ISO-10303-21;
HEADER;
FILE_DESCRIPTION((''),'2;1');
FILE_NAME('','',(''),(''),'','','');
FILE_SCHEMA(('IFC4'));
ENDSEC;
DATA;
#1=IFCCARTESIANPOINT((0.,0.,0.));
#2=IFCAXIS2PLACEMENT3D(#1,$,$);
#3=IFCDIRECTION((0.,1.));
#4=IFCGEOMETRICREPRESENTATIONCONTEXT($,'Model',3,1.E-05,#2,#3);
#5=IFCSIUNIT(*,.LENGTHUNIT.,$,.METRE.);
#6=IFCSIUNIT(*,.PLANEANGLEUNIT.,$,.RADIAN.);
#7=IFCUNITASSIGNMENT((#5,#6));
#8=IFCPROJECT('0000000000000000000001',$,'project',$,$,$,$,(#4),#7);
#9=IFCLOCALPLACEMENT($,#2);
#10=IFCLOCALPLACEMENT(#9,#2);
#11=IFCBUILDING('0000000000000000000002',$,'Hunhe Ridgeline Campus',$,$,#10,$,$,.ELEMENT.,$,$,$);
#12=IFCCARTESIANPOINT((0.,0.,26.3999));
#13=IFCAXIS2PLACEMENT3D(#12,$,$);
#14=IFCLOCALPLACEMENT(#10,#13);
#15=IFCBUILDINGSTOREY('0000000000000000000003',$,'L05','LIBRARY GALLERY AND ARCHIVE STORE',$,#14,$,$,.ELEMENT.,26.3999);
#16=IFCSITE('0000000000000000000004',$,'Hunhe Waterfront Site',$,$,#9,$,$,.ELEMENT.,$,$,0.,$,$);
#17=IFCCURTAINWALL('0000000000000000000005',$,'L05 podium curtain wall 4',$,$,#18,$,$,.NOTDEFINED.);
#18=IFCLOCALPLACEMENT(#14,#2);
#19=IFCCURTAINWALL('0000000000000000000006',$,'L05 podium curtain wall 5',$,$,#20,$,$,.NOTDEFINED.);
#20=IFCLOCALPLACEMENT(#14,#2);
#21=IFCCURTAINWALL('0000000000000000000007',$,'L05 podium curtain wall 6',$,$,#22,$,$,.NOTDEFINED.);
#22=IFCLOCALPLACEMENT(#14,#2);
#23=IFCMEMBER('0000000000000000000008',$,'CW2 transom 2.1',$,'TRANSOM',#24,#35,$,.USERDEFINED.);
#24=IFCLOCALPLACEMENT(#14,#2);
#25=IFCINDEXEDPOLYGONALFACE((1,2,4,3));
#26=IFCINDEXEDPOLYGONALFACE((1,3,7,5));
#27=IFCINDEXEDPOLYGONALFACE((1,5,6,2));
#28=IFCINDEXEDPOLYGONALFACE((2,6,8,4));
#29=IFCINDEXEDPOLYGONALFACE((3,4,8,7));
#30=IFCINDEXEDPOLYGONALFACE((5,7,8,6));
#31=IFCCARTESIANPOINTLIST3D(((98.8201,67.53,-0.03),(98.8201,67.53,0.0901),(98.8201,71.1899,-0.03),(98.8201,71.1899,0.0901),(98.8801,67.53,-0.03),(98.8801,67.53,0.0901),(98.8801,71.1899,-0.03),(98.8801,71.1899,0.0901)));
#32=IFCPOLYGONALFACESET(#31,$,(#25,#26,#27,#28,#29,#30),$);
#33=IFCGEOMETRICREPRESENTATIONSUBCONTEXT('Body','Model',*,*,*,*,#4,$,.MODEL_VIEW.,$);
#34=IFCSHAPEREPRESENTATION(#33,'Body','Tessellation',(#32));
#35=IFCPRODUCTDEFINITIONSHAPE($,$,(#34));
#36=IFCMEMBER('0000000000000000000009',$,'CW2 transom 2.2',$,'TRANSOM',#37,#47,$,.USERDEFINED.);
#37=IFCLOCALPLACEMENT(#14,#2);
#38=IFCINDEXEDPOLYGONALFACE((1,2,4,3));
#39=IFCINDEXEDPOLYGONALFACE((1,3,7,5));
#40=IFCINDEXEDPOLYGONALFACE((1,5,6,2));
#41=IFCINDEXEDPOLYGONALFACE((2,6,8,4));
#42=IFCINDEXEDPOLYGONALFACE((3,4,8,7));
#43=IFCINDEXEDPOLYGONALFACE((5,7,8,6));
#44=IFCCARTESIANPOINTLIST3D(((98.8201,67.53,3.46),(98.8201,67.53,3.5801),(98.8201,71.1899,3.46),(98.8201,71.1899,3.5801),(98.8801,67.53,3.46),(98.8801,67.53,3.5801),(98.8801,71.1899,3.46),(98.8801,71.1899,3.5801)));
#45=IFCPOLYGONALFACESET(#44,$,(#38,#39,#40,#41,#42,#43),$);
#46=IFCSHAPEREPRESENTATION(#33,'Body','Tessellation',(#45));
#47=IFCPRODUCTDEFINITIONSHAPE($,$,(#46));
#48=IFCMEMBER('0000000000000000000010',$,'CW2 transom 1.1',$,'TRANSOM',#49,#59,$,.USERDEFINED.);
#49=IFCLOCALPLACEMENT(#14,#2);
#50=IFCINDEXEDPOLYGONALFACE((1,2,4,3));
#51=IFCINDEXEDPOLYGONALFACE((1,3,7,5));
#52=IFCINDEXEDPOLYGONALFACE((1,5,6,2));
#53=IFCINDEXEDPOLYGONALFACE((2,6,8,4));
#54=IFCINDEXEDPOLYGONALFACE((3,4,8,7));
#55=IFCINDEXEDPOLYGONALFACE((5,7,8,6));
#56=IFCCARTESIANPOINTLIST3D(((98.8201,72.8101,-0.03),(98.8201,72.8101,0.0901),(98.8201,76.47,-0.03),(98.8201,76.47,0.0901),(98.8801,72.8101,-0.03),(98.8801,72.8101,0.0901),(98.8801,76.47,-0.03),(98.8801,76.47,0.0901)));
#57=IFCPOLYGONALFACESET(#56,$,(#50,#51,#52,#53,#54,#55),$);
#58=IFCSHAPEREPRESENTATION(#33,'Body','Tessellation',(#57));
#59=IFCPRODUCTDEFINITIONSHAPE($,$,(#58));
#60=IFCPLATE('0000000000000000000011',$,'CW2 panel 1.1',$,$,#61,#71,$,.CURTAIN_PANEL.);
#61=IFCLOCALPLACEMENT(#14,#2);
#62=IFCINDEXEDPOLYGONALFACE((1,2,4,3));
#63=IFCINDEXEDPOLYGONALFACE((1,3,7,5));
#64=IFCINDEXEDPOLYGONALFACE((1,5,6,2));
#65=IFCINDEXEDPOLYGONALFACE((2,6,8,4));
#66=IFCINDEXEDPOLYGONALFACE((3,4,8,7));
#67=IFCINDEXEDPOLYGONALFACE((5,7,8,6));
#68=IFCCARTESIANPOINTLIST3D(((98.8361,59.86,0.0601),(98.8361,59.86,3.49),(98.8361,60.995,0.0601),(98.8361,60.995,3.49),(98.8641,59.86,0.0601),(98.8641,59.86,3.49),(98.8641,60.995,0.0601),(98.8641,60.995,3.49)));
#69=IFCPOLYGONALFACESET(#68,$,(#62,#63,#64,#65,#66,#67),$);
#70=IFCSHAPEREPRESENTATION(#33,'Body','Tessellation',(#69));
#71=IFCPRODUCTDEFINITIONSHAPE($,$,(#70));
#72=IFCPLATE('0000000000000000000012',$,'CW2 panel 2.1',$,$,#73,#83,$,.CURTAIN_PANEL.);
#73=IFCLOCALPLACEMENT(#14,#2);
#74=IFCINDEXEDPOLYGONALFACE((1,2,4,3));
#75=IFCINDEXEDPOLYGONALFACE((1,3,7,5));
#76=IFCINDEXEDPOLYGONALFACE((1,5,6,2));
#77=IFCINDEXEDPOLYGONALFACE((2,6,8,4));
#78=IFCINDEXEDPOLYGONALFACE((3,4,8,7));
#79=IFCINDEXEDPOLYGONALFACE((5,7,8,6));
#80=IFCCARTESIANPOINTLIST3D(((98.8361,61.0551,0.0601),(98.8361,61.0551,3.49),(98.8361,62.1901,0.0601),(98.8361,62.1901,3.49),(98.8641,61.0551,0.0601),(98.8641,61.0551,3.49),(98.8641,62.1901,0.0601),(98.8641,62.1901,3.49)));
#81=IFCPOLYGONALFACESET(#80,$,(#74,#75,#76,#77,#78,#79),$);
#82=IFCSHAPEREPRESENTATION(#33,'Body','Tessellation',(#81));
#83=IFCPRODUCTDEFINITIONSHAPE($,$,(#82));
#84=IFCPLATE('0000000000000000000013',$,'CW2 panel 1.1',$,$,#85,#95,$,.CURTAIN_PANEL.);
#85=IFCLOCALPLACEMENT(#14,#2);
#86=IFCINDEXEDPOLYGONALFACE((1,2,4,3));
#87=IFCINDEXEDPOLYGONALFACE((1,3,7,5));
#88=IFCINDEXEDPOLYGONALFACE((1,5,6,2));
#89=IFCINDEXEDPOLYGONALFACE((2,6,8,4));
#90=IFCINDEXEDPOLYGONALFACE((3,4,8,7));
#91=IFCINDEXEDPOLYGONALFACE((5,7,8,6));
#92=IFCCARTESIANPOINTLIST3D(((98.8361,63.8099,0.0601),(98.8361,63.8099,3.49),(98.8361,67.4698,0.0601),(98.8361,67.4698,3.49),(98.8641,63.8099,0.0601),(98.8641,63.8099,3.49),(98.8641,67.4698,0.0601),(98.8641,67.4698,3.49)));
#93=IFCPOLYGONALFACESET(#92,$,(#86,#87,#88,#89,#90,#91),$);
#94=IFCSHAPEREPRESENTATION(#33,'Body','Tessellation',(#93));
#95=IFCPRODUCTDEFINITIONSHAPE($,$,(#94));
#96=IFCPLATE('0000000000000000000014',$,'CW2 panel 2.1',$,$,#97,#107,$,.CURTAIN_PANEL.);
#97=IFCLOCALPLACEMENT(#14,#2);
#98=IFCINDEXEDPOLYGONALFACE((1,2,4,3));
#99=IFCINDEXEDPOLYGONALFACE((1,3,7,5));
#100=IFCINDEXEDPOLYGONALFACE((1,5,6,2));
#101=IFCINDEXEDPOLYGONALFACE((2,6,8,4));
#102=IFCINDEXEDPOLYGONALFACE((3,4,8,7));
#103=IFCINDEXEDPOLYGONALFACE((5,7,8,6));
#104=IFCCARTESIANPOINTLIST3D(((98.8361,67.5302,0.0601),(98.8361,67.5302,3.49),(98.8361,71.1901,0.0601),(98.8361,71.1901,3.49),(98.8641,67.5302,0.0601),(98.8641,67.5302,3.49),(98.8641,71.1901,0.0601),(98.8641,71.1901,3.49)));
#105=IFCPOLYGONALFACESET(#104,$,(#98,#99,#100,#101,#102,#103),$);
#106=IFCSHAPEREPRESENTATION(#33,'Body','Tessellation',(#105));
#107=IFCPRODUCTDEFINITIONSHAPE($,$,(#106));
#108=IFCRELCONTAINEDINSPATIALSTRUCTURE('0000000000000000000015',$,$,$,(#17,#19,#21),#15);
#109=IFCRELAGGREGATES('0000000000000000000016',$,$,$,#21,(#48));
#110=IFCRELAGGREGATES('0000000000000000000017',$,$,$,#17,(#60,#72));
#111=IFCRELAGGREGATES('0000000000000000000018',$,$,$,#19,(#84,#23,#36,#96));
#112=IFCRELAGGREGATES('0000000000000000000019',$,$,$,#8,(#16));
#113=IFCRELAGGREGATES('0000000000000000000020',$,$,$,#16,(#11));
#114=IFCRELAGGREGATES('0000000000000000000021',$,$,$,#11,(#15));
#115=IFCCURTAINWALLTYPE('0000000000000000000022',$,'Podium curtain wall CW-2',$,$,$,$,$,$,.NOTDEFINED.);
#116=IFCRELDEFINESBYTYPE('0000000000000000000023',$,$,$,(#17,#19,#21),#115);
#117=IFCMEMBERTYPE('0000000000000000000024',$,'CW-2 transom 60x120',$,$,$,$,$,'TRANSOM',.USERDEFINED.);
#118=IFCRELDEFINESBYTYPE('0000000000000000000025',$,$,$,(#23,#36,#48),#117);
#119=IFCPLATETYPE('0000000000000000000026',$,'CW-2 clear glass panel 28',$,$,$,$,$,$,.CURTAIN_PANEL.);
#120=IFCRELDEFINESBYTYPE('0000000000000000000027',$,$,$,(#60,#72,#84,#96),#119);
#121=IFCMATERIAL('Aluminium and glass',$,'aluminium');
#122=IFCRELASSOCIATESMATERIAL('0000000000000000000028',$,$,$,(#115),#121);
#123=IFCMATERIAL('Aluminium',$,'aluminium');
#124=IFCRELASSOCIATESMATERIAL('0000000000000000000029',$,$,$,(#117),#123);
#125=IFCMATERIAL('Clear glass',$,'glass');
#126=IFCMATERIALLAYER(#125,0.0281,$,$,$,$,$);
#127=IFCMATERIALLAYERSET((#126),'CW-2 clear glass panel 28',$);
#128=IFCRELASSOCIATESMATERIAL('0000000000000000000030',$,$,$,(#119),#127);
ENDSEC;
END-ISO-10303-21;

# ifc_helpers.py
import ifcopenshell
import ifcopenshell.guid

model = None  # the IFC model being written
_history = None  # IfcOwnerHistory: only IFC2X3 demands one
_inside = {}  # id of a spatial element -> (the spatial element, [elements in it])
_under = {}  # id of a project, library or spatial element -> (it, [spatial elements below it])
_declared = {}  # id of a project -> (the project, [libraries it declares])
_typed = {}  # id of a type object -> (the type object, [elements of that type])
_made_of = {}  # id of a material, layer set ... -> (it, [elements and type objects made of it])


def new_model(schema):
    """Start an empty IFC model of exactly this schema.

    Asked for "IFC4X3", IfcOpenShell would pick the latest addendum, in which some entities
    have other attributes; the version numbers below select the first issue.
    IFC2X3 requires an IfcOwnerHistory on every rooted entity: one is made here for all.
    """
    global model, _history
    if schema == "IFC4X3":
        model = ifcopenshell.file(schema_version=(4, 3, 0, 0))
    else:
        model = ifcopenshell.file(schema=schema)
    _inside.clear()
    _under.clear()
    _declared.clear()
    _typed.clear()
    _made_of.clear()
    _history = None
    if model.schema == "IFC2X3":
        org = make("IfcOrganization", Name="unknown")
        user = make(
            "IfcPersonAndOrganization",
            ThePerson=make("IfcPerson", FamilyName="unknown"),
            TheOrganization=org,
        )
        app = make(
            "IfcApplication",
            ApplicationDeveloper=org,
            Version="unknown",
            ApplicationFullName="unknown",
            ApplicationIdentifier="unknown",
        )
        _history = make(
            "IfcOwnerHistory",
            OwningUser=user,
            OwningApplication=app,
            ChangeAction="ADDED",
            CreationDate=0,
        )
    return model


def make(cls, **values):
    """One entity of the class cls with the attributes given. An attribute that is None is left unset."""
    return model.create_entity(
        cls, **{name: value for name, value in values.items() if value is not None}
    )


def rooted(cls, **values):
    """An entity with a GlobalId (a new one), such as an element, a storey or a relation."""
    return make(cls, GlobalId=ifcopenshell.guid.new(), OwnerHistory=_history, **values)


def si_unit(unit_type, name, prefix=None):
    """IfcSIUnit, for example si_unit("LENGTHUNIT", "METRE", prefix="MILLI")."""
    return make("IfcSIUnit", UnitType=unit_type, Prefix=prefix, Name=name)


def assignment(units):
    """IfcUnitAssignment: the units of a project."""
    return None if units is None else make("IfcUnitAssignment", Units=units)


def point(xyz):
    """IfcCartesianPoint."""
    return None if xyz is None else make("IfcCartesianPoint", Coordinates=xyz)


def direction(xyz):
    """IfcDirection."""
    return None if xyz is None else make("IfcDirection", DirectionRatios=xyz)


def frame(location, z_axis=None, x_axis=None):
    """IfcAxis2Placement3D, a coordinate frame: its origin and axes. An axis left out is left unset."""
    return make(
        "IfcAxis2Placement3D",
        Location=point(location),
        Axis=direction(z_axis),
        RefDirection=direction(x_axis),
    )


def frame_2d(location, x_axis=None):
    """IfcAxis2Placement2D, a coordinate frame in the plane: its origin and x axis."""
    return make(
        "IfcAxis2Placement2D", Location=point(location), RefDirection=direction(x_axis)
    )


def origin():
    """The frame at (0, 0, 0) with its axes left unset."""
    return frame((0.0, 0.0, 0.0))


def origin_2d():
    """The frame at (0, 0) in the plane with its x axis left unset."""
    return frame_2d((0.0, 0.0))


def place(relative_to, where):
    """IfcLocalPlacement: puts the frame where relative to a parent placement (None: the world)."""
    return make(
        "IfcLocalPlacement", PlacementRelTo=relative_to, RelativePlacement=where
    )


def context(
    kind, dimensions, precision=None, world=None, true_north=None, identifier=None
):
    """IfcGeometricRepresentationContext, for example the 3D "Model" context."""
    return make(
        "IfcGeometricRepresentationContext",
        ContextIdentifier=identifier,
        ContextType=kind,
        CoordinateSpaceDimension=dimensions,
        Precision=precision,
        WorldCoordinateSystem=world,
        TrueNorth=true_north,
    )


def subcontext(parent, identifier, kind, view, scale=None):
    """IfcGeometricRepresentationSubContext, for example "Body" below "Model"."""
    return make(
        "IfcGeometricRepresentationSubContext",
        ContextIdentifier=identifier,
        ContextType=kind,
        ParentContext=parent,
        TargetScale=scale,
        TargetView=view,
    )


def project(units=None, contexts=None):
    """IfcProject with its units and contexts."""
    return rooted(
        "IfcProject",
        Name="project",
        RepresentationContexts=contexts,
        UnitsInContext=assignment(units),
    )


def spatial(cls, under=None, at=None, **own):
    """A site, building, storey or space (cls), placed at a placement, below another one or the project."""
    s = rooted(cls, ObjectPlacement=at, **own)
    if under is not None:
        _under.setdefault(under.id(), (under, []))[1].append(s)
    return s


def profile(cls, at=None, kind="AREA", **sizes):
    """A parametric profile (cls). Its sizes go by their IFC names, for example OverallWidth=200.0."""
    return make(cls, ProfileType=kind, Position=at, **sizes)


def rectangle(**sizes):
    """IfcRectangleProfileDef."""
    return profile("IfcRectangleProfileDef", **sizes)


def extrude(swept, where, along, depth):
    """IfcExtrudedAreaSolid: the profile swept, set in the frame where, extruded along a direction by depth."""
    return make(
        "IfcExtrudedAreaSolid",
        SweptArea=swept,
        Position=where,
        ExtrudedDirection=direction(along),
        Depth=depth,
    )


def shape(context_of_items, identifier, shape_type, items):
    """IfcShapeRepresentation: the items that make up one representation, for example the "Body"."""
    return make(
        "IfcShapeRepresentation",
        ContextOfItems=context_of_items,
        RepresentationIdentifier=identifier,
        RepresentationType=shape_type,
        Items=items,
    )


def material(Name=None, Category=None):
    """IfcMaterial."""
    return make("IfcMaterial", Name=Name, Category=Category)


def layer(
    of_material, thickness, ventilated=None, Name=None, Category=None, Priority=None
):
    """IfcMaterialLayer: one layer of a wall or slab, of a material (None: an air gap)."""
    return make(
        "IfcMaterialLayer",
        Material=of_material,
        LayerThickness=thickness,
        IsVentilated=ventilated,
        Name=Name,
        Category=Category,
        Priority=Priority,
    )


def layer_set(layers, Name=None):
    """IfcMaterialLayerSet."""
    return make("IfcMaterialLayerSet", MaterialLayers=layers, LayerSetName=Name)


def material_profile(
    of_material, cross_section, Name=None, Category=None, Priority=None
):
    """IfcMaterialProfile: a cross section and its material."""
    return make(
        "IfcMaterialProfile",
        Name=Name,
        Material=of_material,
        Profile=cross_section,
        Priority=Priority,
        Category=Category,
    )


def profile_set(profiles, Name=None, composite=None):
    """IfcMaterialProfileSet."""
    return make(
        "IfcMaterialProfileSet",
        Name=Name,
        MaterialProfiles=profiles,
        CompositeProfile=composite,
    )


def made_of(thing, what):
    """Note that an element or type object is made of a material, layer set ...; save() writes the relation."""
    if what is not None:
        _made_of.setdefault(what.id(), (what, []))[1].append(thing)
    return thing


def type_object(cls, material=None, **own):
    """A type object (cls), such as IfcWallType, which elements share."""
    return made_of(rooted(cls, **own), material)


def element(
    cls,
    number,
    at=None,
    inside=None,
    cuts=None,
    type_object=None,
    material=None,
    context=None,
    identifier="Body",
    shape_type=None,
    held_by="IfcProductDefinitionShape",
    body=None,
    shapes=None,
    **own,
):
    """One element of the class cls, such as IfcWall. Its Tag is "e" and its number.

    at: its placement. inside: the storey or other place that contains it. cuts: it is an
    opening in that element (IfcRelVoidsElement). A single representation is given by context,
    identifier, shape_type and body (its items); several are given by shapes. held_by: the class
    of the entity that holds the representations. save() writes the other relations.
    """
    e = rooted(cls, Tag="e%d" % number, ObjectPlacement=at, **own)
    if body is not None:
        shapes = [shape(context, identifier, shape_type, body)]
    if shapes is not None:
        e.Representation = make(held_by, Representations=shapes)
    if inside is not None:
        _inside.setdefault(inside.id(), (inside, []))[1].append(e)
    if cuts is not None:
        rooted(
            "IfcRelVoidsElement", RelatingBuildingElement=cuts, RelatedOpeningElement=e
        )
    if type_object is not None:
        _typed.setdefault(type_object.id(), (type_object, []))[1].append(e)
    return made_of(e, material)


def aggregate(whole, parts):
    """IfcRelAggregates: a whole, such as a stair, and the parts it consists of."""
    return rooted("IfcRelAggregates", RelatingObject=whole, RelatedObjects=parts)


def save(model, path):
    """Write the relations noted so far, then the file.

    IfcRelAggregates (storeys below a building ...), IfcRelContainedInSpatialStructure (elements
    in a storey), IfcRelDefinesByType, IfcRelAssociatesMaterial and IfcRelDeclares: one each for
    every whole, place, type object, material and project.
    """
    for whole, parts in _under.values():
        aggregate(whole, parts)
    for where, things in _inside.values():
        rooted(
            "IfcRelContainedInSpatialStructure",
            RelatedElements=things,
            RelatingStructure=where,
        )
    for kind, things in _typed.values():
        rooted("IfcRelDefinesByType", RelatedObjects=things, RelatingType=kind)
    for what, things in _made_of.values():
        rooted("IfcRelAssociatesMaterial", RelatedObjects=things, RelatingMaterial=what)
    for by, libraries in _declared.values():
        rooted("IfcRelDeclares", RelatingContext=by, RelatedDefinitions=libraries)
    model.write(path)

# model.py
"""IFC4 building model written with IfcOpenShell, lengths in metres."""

from ifc_helpers import new_model, si_unit, direction, frame, origin, origin_2d, place, context, subcontext, project, spatial, rectangle, extrude, material, layer, layer_set, material_profile, profile_set, type_object, element, aggregate, save


model = new_model("IFC4")

# Units and contexts
model_context = context("Model", 3, precision=1e-05, world=origin(), true_north=direction((0.0, 1.0)))
body_context = subcontext(model_context, "Body", "Model", "MODEL_VIEW")
ifc_project = project(units=[si_unit("LENGTHUNIT", "METRE"), si_unit("PLANEANGLEUNIT", "RADIAN")], contexts=[model_context])

# Site, building, storey
site_placement = place(None, origin())
site = spatial("IfcSite", under=ifc_project, at=site_placement, Name="Hunhe Waterfront Site", CompositionType="ELEMENT", RefElevation=0.0)
building_placement = place(site_placement, origin())
building = spatial("IfcBuilding", under=site, at=building_placement, Name="Hunhe Ridgeline Campus", CompositionType="ELEMENT")
storey_placement = place(building_placement, frame((0.0, 0.0, 26.3999)))
storey = spatial("IfcBuildingStorey", under=building, at=storey_placement, Name="L05", Description="LIBRARY GALLERY AND ARCHIVE STORE", CompositionType="ELEMENT", Elevation=26.3999)

# Curtain walls
ifc_material_1 = material(Name="Aluminium and glass", Category="aluminium")
curtain_wall_type = type_object("IfcCurtainWallType", Name="Podium curtain wall CW-2", PredefinedType="NOTDEFINED", material=ifc_material_1)
curtain_wall_1_placement = place(storey_placement, origin())
curtain_wall_1 = element("IfcCurtainWall", 1, at=curtain_wall_1_placement, inside=storey, type_object=curtain_wall_type, Name="L05 podium curtain wall 4", PredefinedType="NOTDEFINED")
ifc_material_2 = material(Name="Aluminium", Category="aluminium")
curtain_wall_2_placement = place(storey_placement, origin())
curtain_wall_2 = element("IfcCurtainWall", 2, at=curtain_wall_2_placement, inside=storey, type_object=curtain_wall_type, Name="L05 podium curtain wall 5", PredefinedType="NOTDEFINED")

# Curtain wall
curtain_wall_3_placement = place(storey_placement, origin())
curtain_wall_3 = element("IfcCurtainWall", 3, at=curtain_wall_3_placement, inside=storey, type_object=curtain_wall_type, Name="L05 podium curtain wall 6", PredefinedType="NOTDEFINED")

# Members
ifc_material_profile_1 = material_profile(ifc_material_2, rectangle(XDim=0.0601, YDim=0.1201, at=origin_2d()))
ifc_profile_set_1 = profile_set([ifc_material_profile_1], Name="Aluminium")
member_type_1 = type_object("IfcMemberType", Name="CW-2 transom 60x120", ElementType="TRANSOM", PredefinedType="USERDEFINED", material=ifc_profile_set_1)
member_1_placement = place(storey_placement, frame((98.8501, 67.53, 0.03), z_axis=(0.0, 1.0, 0.0), x_axis=(-1.0, 0.0, 0.0)))
member_1 = element("IfcMember", 4, at=member_1_placement, type_object=member_type_1, Name="CW2 transom 2.1", ObjectType="TRANSOM", PredefinedType="USERDEFINED", context=body_context, shape_type="SweptSolid", body=[
    extrude(rectangle(XDim=0.0601, YDim=0.1201, at=origin_2d()), origin(), (0.0, 0.0, 1.0), 3.6599),
])
member_2_placement = place(storey_placement, frame((98.8501, 67.53, 3.52), z_axis=(0.0, 1.0, 0.0), x_axis=(-1.0, 0.0, 0.0)))
member_2 = element("IfcMember", 5, at=member_2_placement, type_object=member_type_1, Name="CW2 transom 2.2", ObjectType="TRANSOM", PredefinedType="USERDEFINED", context=body_context, shape_type="SweptSolid", body=[
    extrude(rectangle(XDim=0.0601, YDim=0.1201, at=origin_2d()), origin(), (0.0, 0.0, 1.0), 3.6599),
])
member_3_placement = place(storey_placement, frame((98.8501, 72.8101, 0.03), z_axis=(0.0, 1.0, 0.0), x_axis=(-1.0, 0.0, 0.0)))
member_3 = element("IfcMember", 6, at=member_3_placement, type_object=member_type_1, Name="CW2 transom 1.1", ObjectType="TRANSOM", PredefinedType="USERDEFINED", context=body_context, shape_type="SweptSolid", body=[
    extrude(rectangle(XDim=0.0601, YDim=0.1201, at=origin_2d()), origin(), (0.0, 0.0, 1.0), 3.6599),
])
aggregate(curtain_wall_3, [member_3])

# Plates
ifc_material_3 = material(Name="Clear glass", Category="glass")
ifc_layer = layer(ifc_material_3, 0.0281)
ifc_layer_set = layer_set([ifc_layer], Name="CW-2 clear glass panel 28")
plate_type = type_object("IfcPlateType", Name="CW-2 clear glass panel 28", PredefinedType="CURTAIN_PANEL", material=ifc_layer_set)
plate_1_placement = place(storey_placement, frame((98.8501, 60.4275, 0.0601), z_axis=(0.0, 0.0, 1.0), x_axis=(0.0, 1.0, 0.0)))
plate_1 = element("IfcPlate", 7, at=plate_1_placement, type_object=plate_type, Name="CW2 panel 1.1", PredefinedType="CURTAIN_PANEL", context=body_context, shape_type="SweptSolid", body=[
    extrude(rectangle(XDim=1.135, YDim=0.0281, at=origin_2d()), origin(), (0.0, 0.0, 1.0), 3.4299),
])
plate_2_placement = place(storey_placement, frame((98.8501, 61.6226, 0.0601), z_axis=(0.0, 0.0, 1.0), x_axis=(0.0, 1.0, 0.0)))
plate_2 = element("IfcPlate", 8, at=plate_2_placement, type_object=plate_type, Name="CW2 panel 2.1", PredefinedType="CURTAIN_PANEL", context=body_context, shape_type="SweptSolid", body=[
    extrude(rectangle(XDim=1.135, YDim=0.0281, at=origin_2d()), origin(), (0.0, 0.0, 1.0), 3.4299),
])
aggregate(curtain_wall_1, [plate_1, plate_2])
plate_3_placement = place(storey_placement, frame((98.8501, 65.6399, 0.0601), z_axis=(0.0, 0.0, 1.0), x_axis=(0.0, 1.0, 0.0)))
plate_3 = element("IfcPlate", 9, at=plate_3_placement, type_object=plate_type, Name="CW2 panel 1.1", PredefinedType="CURTAIN_PANEL", context=body_context, shape_type="SweptSolid", body=[
    extrude(rectangle(XDim=3.6599, YDim=0.0281, at=origin_2d()), origin(), (0.0, 0.0, 1.0), 3.4299),
])
plate_4_placement = place(storey_placement, frame((98.8501, 69.3601, 0.0601), z_axis=(0.0, 0.0, 1.0), x_axis=(0.0, 1.0, 0.0)))
plate_4 = element("IfcPlate", 10, at=plate_4_placement, type_object=plate_type, Name="CW2 panel 2.1", PredefinedType="CURTAIN_PANEL", context=body_context, shape_type="SweptSolid", body=[
    extrude(rectangle(XDim=3.6599, YDim=0.0281, at=origin_2d()), origin(), (0.0, 0.0, 1.0), 3.4299),
])
aggregate(curtain_wall_2, [plate_3, member_1, member_2, plate_4])

save(model, "model.ifc")
